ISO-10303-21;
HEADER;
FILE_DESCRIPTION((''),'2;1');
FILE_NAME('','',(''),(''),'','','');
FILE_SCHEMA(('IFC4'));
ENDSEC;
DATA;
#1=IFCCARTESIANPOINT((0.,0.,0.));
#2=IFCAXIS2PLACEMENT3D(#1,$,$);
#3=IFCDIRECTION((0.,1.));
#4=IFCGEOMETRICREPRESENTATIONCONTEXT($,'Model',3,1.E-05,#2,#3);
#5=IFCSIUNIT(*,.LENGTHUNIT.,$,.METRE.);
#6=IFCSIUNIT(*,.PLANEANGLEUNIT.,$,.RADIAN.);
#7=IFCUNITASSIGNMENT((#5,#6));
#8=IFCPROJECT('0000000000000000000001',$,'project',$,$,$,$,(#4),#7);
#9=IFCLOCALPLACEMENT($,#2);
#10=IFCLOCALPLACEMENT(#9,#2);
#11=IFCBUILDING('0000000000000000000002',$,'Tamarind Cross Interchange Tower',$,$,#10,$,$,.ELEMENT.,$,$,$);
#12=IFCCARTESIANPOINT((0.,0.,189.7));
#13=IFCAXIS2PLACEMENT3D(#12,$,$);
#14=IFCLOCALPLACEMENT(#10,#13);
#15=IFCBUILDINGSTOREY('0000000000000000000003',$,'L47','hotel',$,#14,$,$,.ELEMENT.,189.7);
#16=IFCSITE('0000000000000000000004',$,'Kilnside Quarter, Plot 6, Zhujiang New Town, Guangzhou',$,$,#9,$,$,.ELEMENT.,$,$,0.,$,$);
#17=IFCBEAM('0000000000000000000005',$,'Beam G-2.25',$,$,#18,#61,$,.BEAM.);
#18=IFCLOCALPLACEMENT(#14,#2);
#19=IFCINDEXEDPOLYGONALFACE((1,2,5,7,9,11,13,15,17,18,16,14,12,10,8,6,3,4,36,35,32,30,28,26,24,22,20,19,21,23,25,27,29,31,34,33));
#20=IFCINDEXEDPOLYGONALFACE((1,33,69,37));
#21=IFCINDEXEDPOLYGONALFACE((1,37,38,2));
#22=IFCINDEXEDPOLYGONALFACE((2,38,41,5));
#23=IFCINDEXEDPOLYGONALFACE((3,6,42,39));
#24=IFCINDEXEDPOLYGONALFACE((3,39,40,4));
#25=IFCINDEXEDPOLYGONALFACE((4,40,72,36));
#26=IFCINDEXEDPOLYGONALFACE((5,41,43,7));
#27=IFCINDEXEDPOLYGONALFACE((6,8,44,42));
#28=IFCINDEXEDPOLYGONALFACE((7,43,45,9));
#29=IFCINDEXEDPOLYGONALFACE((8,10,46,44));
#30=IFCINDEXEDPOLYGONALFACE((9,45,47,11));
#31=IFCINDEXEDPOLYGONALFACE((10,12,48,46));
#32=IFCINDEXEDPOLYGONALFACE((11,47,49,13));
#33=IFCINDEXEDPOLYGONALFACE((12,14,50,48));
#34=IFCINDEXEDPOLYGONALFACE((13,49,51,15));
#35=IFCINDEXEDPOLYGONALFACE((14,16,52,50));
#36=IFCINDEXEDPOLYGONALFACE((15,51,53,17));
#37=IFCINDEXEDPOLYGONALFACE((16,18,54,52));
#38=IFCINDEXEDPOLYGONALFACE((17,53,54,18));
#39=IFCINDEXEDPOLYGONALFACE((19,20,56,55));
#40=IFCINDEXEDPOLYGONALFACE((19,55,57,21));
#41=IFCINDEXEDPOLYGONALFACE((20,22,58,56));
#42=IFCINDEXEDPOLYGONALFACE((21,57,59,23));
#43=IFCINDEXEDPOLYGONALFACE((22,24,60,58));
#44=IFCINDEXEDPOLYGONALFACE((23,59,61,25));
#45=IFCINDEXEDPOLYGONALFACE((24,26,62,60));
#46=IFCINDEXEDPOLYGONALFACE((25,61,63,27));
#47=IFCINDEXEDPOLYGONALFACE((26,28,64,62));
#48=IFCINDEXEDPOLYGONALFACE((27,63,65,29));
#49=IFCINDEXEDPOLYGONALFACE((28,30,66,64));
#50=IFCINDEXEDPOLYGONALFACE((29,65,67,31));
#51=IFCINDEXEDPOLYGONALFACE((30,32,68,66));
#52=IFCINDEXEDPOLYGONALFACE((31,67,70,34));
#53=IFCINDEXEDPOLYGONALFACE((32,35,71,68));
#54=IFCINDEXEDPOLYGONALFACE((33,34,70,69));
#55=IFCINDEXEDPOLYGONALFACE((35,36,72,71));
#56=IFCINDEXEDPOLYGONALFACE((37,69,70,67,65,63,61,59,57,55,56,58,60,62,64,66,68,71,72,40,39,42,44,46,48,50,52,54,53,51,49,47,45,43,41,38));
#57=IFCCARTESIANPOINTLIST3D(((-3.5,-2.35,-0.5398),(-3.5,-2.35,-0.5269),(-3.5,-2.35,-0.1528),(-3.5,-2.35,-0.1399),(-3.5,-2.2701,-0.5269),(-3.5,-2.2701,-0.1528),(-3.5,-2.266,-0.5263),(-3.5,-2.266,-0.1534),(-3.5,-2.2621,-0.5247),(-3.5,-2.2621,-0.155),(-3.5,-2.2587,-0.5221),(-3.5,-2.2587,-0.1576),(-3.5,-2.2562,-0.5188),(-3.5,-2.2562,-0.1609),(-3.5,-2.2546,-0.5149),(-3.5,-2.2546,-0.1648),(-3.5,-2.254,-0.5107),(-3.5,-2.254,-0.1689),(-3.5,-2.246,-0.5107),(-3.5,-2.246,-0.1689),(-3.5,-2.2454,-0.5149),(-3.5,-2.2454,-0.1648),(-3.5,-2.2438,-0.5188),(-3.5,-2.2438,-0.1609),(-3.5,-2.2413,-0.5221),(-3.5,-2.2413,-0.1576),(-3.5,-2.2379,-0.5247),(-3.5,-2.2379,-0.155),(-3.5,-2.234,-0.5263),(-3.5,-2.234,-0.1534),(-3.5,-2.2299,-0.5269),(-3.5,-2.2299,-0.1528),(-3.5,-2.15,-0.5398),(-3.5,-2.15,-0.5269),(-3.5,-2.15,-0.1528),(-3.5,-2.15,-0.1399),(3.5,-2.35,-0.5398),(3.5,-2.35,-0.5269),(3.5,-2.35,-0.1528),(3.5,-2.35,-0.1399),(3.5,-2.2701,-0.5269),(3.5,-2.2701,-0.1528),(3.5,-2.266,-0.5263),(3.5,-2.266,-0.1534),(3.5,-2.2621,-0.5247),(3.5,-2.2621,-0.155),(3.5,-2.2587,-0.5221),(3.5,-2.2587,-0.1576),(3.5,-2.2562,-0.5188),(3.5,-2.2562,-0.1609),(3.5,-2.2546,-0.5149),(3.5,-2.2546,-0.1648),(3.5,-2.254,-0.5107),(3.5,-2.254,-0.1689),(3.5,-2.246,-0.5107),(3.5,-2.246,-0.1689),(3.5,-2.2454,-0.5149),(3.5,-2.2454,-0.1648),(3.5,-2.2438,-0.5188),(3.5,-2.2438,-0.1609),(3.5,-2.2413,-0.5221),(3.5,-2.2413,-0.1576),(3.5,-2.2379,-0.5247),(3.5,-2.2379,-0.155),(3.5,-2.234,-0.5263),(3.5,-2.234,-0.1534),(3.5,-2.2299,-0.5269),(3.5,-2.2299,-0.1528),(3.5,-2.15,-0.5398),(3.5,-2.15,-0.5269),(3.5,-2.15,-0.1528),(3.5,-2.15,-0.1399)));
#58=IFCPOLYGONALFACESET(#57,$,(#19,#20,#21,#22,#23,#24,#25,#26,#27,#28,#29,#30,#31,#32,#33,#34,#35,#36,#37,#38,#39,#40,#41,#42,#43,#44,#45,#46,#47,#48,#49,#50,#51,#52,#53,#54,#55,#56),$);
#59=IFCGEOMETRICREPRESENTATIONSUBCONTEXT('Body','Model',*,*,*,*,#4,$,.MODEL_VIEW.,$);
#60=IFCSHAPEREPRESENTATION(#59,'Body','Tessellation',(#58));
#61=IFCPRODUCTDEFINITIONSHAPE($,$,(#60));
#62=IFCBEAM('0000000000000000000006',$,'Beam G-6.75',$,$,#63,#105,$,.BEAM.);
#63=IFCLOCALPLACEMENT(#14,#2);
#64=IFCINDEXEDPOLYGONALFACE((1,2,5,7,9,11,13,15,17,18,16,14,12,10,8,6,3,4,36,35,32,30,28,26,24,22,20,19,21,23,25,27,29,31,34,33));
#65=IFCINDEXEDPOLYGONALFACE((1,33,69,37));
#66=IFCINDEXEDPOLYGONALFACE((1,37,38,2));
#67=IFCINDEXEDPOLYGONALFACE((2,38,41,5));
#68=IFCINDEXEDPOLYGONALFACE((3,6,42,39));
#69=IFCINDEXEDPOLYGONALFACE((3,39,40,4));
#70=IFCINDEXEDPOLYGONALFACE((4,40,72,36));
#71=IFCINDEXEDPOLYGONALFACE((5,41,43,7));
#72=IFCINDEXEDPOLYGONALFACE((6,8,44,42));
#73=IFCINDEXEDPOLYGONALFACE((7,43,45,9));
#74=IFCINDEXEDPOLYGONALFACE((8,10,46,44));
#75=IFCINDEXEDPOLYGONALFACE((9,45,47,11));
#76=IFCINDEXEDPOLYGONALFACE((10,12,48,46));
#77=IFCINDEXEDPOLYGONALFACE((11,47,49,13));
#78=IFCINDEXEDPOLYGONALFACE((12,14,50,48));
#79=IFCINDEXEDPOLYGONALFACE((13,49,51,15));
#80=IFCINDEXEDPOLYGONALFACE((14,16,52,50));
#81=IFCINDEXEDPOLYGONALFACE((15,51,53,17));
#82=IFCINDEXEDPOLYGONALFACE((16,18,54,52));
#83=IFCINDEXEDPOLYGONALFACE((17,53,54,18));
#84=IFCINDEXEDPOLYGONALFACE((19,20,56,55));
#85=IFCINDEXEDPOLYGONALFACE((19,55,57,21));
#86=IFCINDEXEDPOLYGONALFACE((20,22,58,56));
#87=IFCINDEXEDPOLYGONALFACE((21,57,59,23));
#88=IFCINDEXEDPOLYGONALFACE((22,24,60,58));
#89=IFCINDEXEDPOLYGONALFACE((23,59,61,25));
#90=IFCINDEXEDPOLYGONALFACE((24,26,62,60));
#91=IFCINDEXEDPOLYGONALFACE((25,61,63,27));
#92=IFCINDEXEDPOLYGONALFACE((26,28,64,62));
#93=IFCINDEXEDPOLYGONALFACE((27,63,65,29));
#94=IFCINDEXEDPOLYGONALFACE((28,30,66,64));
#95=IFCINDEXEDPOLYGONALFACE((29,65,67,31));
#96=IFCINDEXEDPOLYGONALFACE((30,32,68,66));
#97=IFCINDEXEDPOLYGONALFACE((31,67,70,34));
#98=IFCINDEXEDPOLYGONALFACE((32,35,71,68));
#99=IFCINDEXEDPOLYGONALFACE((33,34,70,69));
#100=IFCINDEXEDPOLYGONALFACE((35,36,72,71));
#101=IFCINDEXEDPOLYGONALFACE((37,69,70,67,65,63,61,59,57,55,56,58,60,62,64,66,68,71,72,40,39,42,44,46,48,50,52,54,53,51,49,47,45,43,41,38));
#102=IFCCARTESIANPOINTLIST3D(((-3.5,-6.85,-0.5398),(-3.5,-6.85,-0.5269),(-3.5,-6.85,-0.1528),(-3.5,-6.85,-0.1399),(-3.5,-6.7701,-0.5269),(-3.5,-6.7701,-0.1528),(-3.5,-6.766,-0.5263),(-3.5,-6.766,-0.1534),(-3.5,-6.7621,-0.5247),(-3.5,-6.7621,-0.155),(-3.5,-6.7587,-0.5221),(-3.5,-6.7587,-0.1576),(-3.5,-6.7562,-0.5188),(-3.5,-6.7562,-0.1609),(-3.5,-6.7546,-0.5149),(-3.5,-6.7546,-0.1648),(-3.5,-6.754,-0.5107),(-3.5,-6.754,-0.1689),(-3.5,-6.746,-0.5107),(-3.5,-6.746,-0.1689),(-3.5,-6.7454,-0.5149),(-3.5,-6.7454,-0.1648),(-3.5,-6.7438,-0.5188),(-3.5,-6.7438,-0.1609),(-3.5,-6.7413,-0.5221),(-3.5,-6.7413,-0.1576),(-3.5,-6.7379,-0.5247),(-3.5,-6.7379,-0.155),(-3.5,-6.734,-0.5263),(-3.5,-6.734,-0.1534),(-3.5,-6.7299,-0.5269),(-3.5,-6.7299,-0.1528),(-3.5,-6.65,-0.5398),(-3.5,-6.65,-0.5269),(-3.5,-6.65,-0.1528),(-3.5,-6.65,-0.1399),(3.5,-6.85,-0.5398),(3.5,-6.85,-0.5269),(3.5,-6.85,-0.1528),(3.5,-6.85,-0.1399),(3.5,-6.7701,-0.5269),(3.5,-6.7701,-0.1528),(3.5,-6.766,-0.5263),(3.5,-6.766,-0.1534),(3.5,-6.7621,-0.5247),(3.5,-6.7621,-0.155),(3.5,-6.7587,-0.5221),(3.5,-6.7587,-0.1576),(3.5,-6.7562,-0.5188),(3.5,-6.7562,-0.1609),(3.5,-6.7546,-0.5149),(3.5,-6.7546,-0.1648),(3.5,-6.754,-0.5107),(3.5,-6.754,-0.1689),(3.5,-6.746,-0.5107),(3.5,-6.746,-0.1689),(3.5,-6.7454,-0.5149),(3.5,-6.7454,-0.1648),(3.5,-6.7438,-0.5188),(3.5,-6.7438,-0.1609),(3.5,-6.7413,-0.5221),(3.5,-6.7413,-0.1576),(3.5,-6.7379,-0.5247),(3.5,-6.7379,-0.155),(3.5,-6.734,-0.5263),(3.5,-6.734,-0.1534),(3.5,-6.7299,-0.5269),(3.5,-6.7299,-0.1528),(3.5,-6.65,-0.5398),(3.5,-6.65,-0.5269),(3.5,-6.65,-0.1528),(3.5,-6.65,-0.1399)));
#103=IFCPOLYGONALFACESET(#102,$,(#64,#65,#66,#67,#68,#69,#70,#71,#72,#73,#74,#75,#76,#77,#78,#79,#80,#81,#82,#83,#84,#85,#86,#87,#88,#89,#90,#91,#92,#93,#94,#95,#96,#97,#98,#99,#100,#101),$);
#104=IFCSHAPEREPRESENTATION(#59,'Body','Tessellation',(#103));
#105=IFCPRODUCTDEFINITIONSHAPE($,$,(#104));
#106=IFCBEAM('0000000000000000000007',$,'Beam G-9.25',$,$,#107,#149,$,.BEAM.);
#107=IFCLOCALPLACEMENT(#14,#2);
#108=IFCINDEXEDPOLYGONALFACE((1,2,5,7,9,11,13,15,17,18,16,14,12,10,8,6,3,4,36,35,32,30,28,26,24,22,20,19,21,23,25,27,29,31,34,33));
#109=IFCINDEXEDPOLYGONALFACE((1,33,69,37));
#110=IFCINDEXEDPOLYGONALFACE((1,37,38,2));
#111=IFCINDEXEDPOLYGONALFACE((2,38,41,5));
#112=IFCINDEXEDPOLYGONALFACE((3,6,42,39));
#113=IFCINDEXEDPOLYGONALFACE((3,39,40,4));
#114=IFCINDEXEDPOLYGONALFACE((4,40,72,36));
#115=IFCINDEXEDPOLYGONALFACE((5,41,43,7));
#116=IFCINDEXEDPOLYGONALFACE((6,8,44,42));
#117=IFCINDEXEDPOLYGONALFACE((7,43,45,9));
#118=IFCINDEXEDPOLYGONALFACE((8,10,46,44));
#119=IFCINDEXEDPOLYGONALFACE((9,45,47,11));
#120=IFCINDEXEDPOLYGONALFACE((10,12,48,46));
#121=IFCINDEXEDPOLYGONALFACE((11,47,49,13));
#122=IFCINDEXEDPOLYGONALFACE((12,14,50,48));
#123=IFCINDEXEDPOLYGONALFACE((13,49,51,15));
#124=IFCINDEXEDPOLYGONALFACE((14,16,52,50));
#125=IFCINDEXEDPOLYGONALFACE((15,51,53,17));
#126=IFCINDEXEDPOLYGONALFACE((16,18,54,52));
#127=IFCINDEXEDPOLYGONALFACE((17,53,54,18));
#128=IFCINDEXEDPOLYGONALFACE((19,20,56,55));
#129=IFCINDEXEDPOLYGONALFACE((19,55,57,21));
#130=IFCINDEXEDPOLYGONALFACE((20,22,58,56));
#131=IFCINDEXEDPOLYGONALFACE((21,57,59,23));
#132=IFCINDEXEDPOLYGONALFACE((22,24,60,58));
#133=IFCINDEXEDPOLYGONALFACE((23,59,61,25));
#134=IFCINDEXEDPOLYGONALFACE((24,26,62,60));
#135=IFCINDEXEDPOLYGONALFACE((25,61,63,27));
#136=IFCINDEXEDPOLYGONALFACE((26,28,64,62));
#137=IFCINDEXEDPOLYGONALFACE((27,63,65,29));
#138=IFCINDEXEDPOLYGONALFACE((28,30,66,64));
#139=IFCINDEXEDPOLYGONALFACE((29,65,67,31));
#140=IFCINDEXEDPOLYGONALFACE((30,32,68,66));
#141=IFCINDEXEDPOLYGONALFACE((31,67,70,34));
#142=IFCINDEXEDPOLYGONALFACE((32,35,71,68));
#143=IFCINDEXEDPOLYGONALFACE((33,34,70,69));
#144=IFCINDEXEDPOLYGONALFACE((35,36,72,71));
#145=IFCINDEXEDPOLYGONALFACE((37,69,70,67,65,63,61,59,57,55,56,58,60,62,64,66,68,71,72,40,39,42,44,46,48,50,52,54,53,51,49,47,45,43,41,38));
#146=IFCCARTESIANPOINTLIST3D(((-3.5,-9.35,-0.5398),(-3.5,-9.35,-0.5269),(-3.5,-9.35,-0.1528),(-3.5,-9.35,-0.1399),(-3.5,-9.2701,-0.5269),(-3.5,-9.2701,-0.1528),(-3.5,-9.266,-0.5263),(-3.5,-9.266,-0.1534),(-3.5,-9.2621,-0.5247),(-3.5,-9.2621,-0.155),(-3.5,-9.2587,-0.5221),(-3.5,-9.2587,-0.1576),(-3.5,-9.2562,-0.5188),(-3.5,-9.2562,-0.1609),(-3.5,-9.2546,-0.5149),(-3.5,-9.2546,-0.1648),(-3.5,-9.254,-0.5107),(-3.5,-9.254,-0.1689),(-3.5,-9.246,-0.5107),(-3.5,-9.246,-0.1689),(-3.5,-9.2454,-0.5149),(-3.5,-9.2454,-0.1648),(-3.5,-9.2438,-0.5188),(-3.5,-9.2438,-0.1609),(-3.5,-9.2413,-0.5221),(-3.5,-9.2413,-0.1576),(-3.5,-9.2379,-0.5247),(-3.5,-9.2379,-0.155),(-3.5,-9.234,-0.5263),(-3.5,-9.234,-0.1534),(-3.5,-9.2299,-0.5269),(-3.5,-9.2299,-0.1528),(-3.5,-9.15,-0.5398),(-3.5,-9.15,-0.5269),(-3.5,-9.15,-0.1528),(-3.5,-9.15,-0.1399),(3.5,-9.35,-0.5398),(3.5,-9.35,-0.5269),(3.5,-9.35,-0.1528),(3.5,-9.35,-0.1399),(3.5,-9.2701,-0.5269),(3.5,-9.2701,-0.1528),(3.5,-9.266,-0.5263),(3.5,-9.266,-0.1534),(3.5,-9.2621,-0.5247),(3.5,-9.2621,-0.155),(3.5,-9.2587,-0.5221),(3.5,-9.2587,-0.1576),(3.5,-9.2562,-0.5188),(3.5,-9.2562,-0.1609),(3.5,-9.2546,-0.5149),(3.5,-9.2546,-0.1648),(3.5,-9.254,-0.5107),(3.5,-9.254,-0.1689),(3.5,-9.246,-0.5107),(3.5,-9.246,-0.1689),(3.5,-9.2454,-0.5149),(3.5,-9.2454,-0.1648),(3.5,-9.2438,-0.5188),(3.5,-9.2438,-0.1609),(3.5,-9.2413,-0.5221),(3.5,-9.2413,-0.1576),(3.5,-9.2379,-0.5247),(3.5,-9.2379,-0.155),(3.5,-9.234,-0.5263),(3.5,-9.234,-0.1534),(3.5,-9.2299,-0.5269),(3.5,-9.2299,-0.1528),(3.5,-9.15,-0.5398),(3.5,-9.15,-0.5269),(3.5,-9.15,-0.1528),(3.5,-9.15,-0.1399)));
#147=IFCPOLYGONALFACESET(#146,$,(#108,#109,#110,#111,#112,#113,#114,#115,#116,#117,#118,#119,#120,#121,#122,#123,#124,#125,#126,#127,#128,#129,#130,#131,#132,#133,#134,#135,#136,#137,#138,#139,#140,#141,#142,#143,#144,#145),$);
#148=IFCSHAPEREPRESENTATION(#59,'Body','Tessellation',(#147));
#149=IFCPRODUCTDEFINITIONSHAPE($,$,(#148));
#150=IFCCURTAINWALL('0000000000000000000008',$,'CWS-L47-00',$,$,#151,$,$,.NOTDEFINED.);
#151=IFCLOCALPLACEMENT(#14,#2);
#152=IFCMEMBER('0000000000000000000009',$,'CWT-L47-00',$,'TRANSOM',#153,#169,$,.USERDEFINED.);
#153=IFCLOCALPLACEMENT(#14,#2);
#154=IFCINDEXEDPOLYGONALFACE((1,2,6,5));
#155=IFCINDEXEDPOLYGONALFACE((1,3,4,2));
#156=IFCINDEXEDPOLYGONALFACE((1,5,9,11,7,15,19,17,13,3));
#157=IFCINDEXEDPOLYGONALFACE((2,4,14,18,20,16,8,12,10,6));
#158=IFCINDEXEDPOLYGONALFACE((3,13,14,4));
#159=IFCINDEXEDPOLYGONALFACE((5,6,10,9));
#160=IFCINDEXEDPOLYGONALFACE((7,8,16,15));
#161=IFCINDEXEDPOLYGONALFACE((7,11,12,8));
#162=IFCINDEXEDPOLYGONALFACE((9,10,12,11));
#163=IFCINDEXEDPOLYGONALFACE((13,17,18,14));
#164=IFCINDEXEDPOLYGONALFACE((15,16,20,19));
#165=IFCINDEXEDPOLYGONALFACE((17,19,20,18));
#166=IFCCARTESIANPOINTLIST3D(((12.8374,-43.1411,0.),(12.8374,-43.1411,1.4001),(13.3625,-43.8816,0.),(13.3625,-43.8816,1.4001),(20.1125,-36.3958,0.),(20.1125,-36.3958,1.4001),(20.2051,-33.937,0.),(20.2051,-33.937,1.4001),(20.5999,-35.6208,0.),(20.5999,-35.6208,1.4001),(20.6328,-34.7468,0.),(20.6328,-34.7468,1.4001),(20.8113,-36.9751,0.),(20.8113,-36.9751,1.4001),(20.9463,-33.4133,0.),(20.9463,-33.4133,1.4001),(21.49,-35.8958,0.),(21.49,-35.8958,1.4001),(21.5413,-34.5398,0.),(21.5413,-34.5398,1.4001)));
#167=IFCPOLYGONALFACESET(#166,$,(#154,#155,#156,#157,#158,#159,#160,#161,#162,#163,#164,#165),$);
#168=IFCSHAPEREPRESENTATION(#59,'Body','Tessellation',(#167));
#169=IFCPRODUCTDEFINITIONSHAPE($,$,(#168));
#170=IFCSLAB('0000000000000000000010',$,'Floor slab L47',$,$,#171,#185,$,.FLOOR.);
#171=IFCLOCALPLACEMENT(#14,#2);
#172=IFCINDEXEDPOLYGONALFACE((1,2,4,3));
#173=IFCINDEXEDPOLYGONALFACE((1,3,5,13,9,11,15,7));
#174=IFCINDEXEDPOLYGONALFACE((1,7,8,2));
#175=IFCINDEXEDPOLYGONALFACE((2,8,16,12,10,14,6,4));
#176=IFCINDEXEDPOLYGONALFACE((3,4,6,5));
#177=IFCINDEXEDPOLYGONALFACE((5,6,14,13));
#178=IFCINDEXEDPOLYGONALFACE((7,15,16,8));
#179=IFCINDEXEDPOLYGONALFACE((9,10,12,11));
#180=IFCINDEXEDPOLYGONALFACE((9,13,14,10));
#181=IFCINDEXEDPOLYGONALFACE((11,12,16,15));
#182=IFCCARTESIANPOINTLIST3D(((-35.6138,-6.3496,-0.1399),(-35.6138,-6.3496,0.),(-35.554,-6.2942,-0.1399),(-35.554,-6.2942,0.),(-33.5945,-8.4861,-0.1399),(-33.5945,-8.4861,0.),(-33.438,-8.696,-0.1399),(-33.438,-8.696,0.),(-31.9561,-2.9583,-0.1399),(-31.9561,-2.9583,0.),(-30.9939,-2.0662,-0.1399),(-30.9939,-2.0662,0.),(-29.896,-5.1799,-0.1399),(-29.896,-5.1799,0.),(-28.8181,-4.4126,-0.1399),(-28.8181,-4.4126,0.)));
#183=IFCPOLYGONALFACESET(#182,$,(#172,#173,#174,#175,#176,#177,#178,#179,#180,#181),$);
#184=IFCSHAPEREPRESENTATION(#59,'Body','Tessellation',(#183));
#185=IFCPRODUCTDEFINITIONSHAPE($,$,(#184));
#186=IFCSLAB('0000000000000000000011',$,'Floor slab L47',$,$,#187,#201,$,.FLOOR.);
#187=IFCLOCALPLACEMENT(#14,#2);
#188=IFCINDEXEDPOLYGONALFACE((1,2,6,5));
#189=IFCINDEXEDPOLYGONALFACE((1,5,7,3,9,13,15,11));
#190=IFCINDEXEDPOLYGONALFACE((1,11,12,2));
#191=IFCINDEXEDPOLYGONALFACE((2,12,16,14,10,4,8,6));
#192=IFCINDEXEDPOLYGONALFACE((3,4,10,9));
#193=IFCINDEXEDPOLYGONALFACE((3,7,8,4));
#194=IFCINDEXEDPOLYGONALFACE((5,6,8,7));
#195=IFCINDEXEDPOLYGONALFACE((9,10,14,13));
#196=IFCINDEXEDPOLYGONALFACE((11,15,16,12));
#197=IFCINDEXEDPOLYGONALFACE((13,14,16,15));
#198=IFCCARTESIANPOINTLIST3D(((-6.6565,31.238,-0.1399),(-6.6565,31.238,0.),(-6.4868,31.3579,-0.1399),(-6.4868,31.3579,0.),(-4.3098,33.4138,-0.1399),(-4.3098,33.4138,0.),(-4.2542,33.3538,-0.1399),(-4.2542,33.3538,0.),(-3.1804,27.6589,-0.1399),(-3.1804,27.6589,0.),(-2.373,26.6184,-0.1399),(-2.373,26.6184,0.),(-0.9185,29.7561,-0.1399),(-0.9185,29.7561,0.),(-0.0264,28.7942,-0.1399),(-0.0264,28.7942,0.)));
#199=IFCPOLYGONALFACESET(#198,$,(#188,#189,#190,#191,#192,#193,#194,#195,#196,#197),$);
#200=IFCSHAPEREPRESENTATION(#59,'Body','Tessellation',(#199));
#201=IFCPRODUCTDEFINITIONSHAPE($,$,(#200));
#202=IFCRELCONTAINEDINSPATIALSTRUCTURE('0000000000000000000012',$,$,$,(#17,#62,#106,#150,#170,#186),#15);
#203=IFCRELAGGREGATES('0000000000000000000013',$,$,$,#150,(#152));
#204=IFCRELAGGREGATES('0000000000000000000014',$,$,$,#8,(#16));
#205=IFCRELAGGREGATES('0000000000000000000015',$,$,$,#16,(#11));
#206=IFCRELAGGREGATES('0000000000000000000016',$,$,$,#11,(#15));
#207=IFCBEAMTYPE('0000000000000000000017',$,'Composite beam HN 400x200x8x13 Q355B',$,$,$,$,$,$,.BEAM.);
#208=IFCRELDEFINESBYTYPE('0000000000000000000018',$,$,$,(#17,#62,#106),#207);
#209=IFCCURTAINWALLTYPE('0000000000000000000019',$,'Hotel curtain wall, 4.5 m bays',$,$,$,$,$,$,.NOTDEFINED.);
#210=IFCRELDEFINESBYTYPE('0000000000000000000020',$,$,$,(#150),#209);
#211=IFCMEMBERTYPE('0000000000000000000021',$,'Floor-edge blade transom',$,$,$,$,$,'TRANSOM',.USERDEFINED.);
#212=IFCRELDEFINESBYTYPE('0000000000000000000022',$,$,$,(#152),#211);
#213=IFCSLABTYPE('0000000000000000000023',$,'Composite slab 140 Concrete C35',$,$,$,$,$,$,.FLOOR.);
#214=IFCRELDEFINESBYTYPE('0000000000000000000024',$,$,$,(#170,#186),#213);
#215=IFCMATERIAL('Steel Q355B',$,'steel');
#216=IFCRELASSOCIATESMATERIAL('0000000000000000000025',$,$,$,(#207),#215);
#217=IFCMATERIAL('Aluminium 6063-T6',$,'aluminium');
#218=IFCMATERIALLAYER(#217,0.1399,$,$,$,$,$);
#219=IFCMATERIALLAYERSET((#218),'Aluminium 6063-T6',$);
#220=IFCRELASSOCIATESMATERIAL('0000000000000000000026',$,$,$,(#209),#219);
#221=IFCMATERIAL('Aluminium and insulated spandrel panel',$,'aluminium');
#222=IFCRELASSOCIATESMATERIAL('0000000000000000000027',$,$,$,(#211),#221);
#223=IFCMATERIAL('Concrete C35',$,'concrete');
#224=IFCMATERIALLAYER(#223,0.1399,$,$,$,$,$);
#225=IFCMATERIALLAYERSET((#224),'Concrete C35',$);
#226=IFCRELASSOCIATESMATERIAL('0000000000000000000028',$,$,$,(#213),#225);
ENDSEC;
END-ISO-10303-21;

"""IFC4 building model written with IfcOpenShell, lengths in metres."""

from ifc_helpers import new_model, si_unit, direction, frame, origin, origin_2d, place, context, subcontext, project, spatial, polyline, i_section, outline, extrude, material, layer, layer_set, material_profile, profile_set, type_object, element, aggregate, save


model = new_model("IFC4")

# Units and contexts
model_context = context("Model", 3, precision=1e-05, world=origin(), true_north=direction((0.0, 1.0)))
body_context = subcontext(model_context, "Body", "Model", "MODEL_VIEW")
ifc_project = project(units=[si_unit("LENGTHUNIT", "METRE"), si_unit("PLANEANGLEUNIT", "RADIAN")], contexts=[model_context])

# Site, building, storey
site_placement = place(None, origin())
site = spatial("IfcSite", under=ifc_project, at=site_placement, Name="Kilnside Quarter, Plot 6, Zhujiang New Town, Guangzhou", CompositionType="ELEMENT", RefElevation=0.0)
building_placement = place(site_placement, origin())
building = spatial("IfcBuilding", under=site, at=building_placement, Name="Tamarind Cross Interchange Tower", CompositionType="ELEMENT")
storey_placement = place(building_placement, frame((0.0, 0.0, 189.7)))
storey = spatial("IfcBuildingStorey", under=building, at=storey_placement, Name="L47", Description="hotel", CompositionType="ELEMENT", Elevation=189.7)

# Beams
ifc_material_1 = material(Name="Steel Q355B", Category="steel")
ifc_material_profile = material_profile(ifc_material_1, i_section(OverallWidth=0.2, OverallDepth=0.3999, WebThickness=0.0081, FlangeThickness=0.0129, FilletRadius=0.0161, at=origin_2d()), Name="HN 400x200x8x13")
ifc_profile_set = profile_set([ifc_material_profile], Name="Steel Q355B")
beam_type = type_object("IfcBeamType", Name="Composite beam HN 400x200x8x13 Q355B", PredefinedType="BEAM", material=ifc_profile_set)
for number, where, z_axis, x_axis, name in (
    (1, (-3.5, -2.25, -0.3398), (1.0, 0.0, 0.0), (0.0, 1.0, 0.0), "Beam G-2.25"),
    (2, (-3.5, -6.75, -0.3398), (1.0, 0.0, 0.0), (0.0, 1.0, 0.0), "Beam G-6.75"),
    (3, (-3.5, -9.25, -0.3398), (1.0, 0.0, 0.0), (0.0, 1.0, 0.0), "Beam G-9.25"),
):
    element("IfcBeam", number, at=place(storey_placement, frame(where, z_axis=z_axis, x_axis=x_axis)), inside=storey, type_object=beam_type, Name=name, PredefinedType="BEAM", context=body_context, shape_type="SweptSolid", body=[
        extrude(i_section(OverallWidth=0.2, OverallDepth=0.3999, WebThickness=0.0081, FlangeThickness=0.0129, FilletRadius=0.0161, at=origin_2d()), origin(), (0.0, 0.0, 1.0), 7.0),
    ])

# Curtain wall, member
ifc_material_2 = material(Name="Aluminium 6063-T6", Category="aluminium")
ifc_layer_1 = layer(ifc_material_2, 0.1399)
ifc_layer_set_1 = layer_set([ifc_layer_1], Name="Aluminium 6063-T6")
curtain_wall_type = type_object("IfcCurtainWallType", Name="Hotel curtain wall, 4.5 m bays", PredefinedType="NOTDEFINED", material=ifc_layer_set_1)
curtain_wall_1_placement = place(storey_placement, origin())
curtain_wall_1 = element("IfcCurtainWall", 4, at=curtain_wall_1_placement, inside=storey, type_object=curtain_wall_type, Name="CWS-L47-00", PredefinedType="NOTDEFINED")
ifc_material_3 = material(Name="Aluminium and insulated spandrel panel", Category="aluminium")
member_type = type_object("IfcMemberType", Name="Floor-edge blade transom", ElementType="TRANSOM", PredefinedType="USERDEFINED", material=ifc_material_3)
member_placement = place(storey_placement, origin())
member = element("IfcMember", 5, at=member_placement, type_object=member_type, Name="CWT-L47-00", ObjectType="TRANSOM", PredefinedType="USERDEFINED", context=body_context, shape_type="SweptSolid", body=[
    extrude(outline(polyline([(12.8374, -43.1411), (20.1125, -36.3958), (20.5999, -35.6208), (20.6328, -34.7468), (20.2051, -33.937), (20.9463, -33.4133), (21.5413, -34.5398), (21.49, -35.8958), (20.8113, -36.9751), (13.3625, -43.8816), (12.8374, -43.1411)])), origin(), (0.0, 0.0, 1.0), 1.4001),
])

# Slabs
ifc_material_4 = material(Name="Concrete C35", Category="concrete")
ifc_layer_2 = layer(ifc_material_4, 0.1399)
ifc_layer_set_2 = layer_set([ifc_layer_2], Name="Concrete C35")
slab_type = type_object("IfcSlabType", Name="Composite slab 140 Concrete C35", PredefinedType="FLOOR", material=ifc_layer_set_2)
slab_1_placement = place(storey_placement, frame((0.0, 0.0, -0.1399)))
element("IfcSlab", 6, at=slab_1_placement, inside=storey, type_object=slab_type, Name="Floor slab L47", PredefinedType="FLOOR", context=body_context, shape_type="SweptSolid", body=[
    extrude(outline(polyline([(-35.6138, -6.3496), (-33.438, -8.696), (-28.8181, -4.4126), (-30.9939, -2.0662), (-31.9561, -2.9583), (-29.896, -5.1799), (-33.5945, -8.4861), (-35.554, -6.2942), (-35.6138, -6.3496)])), origin(), (0.0, 0.0, 1.0), 0.1399),
])
slab_2_placement = place(storey_placement, frame((0.0, 0.0, -0.1399)))
element("IfcSlab", 7, at=slab_2_placement, inside=storey, type_object=slab_type, Name="Floor slab L47", PredefinedType="FLOOR", context=body_context, shape_type="SweptSolid", body=[
    extrude(outline(polyline([(-4.3098, 33.4138), (-6.6565, 31.238), (-2.373, 26.6184), (-0.0264, 28.7942), (-0.9185, 29.7561), (-3.1804, 27.6589), (-6.4868, 31.3579), (-4.2542, 33.3538), (-4.3098, 33.4138)])), origin(), (0.0, 0.0, 1.0), 0.1399),
])

aggregate(curtain_wall_1, [member])

save(model, "model.ifc")
